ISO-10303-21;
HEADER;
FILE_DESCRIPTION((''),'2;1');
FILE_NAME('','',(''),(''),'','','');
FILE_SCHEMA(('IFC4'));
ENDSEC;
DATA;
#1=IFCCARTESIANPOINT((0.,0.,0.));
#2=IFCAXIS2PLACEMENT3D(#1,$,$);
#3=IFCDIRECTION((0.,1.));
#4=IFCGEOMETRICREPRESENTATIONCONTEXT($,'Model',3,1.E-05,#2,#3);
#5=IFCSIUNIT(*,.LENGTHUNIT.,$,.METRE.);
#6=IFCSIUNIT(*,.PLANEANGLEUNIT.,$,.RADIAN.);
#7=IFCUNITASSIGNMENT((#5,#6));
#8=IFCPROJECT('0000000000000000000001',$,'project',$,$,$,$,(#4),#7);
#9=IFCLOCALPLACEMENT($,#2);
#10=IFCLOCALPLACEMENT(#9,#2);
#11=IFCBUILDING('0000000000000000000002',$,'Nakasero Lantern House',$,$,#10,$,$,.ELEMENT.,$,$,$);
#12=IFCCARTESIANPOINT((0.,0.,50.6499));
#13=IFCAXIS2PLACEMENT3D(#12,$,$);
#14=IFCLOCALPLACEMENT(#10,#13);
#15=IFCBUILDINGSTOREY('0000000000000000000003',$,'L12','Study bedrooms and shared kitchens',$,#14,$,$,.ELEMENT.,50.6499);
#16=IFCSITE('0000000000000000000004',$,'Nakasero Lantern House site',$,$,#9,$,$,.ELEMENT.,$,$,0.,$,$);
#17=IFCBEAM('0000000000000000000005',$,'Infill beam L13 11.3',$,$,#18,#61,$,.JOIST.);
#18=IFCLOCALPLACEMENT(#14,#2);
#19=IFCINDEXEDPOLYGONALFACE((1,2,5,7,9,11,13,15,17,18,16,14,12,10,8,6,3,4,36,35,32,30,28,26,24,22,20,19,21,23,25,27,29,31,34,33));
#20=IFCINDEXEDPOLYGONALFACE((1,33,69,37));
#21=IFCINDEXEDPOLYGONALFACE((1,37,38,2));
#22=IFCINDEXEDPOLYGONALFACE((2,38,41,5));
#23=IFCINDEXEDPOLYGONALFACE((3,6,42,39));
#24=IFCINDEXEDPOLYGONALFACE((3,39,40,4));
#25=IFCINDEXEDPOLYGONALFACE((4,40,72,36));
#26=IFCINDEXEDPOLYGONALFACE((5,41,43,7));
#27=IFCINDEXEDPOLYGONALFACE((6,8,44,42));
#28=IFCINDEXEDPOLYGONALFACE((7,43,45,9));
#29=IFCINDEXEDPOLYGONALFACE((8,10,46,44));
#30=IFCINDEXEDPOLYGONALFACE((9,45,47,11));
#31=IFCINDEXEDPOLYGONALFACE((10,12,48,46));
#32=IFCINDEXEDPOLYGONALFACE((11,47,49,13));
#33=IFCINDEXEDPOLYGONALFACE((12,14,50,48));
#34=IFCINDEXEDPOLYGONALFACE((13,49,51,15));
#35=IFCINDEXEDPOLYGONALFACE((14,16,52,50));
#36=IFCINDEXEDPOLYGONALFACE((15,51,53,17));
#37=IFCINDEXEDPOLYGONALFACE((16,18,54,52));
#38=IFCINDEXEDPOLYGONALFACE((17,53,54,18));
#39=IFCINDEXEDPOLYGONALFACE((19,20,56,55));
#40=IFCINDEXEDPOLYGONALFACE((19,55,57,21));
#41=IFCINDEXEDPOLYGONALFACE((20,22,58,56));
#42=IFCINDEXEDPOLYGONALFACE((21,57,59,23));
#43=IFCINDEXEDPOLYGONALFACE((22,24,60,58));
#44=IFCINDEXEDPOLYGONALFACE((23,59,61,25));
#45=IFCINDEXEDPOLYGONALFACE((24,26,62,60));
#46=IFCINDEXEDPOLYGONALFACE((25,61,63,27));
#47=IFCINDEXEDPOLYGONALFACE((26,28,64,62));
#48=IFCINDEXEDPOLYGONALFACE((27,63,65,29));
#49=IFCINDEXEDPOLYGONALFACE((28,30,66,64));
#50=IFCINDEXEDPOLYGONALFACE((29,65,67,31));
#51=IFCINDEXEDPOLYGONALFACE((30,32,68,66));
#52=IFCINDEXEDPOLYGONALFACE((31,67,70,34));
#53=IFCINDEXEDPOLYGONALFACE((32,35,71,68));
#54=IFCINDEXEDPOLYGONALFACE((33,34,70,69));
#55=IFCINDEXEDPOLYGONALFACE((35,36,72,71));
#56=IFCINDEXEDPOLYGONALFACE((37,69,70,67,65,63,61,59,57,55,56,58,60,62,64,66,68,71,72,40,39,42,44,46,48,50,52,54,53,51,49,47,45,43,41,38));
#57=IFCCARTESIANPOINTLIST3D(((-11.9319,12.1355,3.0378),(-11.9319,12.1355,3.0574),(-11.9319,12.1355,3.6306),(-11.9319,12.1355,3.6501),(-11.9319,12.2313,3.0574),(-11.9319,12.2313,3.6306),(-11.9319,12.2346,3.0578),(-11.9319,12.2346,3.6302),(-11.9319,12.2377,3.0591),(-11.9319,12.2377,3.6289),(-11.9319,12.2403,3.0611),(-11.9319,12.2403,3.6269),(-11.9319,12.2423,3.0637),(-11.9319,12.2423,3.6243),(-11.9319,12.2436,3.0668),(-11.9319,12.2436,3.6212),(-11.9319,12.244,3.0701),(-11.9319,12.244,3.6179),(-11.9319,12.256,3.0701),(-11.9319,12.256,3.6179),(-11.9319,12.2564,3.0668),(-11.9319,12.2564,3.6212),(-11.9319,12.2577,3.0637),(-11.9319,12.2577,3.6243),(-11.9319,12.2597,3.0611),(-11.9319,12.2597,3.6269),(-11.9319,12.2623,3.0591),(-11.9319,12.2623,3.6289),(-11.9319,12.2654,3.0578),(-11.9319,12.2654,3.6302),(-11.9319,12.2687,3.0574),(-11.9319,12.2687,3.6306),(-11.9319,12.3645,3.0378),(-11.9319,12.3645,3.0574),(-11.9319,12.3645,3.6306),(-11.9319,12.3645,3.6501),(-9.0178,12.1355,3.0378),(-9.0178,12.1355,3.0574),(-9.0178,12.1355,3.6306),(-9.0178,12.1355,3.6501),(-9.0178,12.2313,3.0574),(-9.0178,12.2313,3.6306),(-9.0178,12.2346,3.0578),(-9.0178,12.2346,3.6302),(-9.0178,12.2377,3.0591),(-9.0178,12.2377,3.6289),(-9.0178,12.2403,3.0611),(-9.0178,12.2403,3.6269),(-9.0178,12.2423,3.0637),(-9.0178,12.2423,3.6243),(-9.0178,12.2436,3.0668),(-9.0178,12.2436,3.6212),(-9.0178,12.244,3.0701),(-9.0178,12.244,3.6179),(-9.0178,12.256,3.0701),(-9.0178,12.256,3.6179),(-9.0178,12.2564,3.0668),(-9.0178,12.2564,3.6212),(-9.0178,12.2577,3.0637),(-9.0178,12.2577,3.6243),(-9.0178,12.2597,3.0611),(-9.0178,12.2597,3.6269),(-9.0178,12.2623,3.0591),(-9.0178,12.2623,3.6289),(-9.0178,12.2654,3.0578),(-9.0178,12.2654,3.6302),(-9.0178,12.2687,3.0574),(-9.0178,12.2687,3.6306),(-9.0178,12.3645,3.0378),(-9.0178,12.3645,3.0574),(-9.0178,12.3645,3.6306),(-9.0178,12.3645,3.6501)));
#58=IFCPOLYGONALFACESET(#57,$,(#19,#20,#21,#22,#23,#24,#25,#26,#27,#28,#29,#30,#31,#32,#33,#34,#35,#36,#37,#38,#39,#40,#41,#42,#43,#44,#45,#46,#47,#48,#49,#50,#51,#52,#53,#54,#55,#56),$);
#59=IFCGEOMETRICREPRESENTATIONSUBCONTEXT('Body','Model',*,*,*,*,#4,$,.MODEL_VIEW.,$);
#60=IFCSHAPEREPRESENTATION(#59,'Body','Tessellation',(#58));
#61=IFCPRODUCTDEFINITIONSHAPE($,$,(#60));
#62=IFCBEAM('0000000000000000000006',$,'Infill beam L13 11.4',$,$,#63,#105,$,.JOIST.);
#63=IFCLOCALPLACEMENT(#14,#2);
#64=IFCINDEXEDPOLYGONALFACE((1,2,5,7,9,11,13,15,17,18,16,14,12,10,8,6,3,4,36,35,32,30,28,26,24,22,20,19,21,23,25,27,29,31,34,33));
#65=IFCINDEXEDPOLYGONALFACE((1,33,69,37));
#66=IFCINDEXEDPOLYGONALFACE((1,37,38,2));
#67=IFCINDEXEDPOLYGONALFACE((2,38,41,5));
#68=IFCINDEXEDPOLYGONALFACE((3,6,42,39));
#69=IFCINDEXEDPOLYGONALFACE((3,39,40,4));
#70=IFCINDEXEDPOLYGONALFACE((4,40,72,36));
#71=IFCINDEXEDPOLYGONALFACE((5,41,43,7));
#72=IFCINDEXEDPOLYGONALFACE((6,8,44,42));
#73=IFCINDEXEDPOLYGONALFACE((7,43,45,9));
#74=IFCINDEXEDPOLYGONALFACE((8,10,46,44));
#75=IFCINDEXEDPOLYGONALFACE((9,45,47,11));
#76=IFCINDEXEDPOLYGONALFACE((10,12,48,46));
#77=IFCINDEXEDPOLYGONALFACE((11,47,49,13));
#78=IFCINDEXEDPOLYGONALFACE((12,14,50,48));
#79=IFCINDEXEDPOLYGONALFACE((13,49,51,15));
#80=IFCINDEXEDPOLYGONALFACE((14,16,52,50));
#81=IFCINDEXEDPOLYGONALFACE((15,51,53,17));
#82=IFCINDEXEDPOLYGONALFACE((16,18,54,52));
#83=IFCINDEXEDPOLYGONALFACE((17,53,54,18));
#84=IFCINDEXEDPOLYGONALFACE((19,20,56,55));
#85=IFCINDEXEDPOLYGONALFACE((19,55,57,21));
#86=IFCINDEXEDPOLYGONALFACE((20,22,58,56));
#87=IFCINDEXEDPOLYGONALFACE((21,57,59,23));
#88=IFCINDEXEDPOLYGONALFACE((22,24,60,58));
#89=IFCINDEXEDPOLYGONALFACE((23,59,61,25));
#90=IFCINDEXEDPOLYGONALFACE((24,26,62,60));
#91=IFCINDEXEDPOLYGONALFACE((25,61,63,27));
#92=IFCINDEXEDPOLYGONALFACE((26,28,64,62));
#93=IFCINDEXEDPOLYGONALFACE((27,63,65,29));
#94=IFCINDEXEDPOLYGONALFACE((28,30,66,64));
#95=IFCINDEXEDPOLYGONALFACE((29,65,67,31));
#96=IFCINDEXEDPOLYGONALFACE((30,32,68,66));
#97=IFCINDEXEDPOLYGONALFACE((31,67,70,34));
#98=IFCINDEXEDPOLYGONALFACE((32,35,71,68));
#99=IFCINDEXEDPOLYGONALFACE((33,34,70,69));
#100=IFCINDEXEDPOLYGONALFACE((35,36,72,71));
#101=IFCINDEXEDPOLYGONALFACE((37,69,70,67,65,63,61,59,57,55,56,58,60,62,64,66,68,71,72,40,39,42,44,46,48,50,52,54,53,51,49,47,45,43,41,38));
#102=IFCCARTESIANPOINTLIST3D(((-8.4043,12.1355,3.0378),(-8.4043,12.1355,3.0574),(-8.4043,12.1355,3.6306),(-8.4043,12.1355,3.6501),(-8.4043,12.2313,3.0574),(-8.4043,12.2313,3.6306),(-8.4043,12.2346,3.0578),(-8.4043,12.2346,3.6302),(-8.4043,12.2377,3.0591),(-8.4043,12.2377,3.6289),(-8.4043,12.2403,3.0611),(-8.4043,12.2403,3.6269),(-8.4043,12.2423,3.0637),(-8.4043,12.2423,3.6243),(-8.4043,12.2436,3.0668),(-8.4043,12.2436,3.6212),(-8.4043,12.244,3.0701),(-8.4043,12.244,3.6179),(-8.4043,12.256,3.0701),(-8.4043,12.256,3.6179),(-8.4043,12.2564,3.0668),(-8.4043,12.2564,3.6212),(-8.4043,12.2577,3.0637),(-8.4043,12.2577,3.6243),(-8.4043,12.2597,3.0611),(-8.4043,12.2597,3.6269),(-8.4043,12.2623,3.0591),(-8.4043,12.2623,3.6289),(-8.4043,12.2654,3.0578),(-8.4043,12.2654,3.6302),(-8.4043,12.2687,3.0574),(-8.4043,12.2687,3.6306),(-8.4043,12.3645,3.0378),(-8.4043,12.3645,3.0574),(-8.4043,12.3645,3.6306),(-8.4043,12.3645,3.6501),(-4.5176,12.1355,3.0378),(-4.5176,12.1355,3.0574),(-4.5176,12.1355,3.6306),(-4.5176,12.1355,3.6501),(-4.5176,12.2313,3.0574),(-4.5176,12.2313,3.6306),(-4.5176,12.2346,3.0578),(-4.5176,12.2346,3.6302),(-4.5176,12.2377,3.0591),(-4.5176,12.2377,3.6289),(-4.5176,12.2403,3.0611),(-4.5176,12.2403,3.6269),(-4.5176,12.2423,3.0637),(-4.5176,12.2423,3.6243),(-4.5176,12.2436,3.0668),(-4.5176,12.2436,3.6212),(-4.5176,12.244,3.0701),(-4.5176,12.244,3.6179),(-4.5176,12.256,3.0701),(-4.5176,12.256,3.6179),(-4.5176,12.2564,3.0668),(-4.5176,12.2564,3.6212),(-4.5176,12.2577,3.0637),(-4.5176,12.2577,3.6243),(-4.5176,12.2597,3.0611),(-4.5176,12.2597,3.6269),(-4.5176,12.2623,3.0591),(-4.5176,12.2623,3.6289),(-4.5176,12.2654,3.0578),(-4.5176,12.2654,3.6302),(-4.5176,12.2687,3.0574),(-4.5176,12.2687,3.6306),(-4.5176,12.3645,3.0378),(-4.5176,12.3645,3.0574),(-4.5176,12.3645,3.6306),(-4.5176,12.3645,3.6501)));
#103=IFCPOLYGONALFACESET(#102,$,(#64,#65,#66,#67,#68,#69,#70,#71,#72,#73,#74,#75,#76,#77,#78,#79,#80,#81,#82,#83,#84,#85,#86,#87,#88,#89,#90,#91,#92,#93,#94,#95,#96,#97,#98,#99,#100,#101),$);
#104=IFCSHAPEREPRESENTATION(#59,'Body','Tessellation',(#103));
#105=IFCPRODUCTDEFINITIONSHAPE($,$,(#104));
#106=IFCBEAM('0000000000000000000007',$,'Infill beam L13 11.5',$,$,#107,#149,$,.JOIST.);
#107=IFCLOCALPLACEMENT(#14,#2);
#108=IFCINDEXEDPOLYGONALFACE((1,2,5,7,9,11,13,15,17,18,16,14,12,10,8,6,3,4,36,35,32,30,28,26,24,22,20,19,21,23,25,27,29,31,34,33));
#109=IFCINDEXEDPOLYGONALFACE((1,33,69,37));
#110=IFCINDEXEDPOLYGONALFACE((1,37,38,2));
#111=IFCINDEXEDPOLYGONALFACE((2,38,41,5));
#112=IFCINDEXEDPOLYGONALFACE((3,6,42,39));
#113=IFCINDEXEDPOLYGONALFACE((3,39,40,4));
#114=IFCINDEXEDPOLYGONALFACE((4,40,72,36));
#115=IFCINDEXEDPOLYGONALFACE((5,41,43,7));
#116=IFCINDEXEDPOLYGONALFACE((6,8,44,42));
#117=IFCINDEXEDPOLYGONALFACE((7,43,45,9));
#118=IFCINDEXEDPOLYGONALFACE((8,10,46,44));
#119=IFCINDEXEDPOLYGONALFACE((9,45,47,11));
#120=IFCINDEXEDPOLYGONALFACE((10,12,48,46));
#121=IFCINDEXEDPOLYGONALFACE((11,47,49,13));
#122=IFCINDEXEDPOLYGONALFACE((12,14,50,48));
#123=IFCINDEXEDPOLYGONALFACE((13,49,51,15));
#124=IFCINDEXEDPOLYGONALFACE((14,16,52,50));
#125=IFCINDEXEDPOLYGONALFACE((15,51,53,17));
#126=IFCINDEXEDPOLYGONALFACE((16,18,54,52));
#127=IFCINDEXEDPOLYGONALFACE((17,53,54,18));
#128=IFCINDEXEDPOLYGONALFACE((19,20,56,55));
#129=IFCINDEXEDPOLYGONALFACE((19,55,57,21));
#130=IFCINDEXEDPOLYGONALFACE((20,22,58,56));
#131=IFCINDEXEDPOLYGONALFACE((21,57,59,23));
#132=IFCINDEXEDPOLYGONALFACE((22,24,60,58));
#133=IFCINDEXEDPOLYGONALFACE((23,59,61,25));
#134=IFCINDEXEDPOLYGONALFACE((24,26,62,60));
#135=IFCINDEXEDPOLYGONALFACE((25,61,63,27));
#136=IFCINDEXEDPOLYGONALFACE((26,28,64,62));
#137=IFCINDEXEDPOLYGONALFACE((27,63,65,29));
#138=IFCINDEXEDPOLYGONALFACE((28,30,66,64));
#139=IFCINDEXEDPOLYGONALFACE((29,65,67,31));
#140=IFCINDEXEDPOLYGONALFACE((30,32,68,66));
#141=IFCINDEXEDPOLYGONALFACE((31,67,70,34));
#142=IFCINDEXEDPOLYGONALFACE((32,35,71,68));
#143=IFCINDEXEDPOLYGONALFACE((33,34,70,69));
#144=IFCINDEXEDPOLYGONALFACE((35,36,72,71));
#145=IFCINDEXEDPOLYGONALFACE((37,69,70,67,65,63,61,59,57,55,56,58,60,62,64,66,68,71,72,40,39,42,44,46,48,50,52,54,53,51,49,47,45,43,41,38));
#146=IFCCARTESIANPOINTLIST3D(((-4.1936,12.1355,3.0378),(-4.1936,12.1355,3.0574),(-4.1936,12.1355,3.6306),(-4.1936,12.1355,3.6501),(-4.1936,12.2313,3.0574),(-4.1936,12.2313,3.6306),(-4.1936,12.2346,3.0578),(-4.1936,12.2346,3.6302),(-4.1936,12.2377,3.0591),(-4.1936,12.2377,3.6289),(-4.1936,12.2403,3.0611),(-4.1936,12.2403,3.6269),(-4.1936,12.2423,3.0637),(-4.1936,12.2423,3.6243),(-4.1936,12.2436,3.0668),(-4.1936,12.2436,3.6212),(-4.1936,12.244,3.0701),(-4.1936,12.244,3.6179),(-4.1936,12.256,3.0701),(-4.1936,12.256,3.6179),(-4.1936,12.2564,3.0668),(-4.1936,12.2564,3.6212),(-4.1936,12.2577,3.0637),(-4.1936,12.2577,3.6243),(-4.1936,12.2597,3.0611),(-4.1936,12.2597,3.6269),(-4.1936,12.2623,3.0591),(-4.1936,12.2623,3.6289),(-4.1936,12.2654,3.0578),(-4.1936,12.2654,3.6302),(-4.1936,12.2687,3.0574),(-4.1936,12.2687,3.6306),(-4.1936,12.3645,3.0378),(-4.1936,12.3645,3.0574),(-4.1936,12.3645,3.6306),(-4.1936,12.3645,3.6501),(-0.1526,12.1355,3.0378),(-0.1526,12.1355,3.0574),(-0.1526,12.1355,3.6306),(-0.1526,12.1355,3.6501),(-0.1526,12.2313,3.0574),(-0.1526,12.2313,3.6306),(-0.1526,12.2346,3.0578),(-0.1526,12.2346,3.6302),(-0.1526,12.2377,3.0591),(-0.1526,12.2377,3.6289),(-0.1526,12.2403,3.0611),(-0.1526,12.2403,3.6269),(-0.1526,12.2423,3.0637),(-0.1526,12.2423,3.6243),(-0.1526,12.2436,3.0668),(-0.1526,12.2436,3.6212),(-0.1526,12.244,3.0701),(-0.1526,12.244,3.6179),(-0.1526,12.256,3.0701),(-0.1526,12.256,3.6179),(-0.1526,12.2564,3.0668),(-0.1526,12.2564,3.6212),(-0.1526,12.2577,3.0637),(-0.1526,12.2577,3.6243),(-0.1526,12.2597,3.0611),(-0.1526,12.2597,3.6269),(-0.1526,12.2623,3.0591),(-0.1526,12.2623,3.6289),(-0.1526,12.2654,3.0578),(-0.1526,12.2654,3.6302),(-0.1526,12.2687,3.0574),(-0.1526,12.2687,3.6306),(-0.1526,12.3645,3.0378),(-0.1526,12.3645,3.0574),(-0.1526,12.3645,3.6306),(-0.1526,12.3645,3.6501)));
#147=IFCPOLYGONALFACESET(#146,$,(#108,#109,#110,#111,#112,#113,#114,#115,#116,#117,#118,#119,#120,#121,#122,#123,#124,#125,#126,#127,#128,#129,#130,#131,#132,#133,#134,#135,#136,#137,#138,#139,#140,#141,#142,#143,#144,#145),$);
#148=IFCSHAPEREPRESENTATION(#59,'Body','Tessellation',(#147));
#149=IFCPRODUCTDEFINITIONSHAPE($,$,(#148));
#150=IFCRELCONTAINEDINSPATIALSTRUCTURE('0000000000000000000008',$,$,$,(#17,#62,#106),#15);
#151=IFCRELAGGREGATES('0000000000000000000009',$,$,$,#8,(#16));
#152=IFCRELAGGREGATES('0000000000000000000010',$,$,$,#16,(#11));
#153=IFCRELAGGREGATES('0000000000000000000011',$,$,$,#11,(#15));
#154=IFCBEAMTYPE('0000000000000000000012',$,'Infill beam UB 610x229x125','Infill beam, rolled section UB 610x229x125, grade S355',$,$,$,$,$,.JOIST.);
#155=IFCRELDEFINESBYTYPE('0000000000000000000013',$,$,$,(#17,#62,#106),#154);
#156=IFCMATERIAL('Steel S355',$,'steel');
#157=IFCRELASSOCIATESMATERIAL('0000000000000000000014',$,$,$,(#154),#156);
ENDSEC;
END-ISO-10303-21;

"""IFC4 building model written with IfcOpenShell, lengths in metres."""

from ifc_helpers import new_model, si_unit, direction, frame, origin, origin_2d, place, context, subcontext, project, spatial, i_section, extrude, material, material_profile, profile_set, type_object, element, save


model = new_model("IFC4")

# Units and contexts
model_context = context("Model", 3, precision=1e-05, world=origin(), true_north=direction((0.0, 1.0)))
body_context = subcontext(model_context, "Body", "Model", "MODEL_VIEW")
ifc_project = project(units=[si_unit("LENGTHUNIT", "METRE"), si_unit("PLANEANGLEUNIT", "RADIAN")], contexts=[model_context])

# Site, building, storey
site_placement = place(None, origin())
site = spatial("IfcSite", under=ifc_project, at=site_placement, Name="Nakasero Lantern House site", CompositionType="ELEMENT", RefElevation=0.0)
building_placement = place(site_placement, origin())
building = spatial("IfcBuilding", under=site, at=building_placement, Name="Nakasero Lantern House", CompositionType="ELEMENT")
storey_placement = place(building_placement, frame((0.0, 0.0, 50.6499)))
storey = spatial("IfcBuildingStorey", under=building, at=storey_placement, Name="L12", Description="Study bedrooms and shared kitchens", CompositionType="ELEMENT", Elevation=50.6499)

# Beams
ifc_material_1 = material(Name="Steel S355", Category="steel")
ifc_material_profile_1 = material_profile(ifc_material_1, i_section(OverallWidth=0.229, OverallDepth=0.6123, WebThickness=0.012, FlangeThickness=0.0195, FilletRadius=0.0127, at=origin_2d()), Name="UB 610x229x125")
ifc_profile_set_1 = profile_set([ifc_material_profile_1], Name="Steel S355")
beam_type_1 = type_object("IfcBeamType", Name="Infill beam UB 610x229x125", Description="Infill beam, rolled section UB 610x229x125, grade S355", PredefinedType="JOIST", material=ifc_profile_set_1)
beam_1_placement = place(storey_placement, frame((-11.9319, 12.25, 3.344), z_axis=(1.0, 0.0, 0.0), x_axis=(0.0, 1.0, 0.0)))
element("IfcBeam", 1, at=beam_1_placement, inside=storey, type_object=beam_type_1, Name="Infill beam L13 11.3", PredefinedType="JOIST", context=body_context, shape_type="SweptSolid", body=[
    extrude(i_section(OverallWidth=0.229, OverallDepth=0.6123, WebThickness=0.012, FlangeThickness=0.0195, FilletRadius=0.0127, at=origin_2d()), origin(), (0.0, 0.0, 1.0), 2.9141),
])
beam_2_placement = place(storey_placement, frame((-8.4043, 12.25, 3.344), z_axis=(1.0, 0.0, 0.0), x_axis=(0.0, 1.0, 0.0)))
element("IfcBeam", 2, at=beam_2_placement, inside=storey, type_object=beam_type_1, Name="Infill beam L13 11.4", PredefinedType="JOIST", context=body_context, shape_type="SweptSolid", body=[
    extrude(i_section(OverallWidth=0.229, OverallDepth=0.6123, WebThickness=0.012, FlangeThickness=0.0195, FilletRadius=0.0127, at=origin_2d()), origin(), (0.0, 0.0, 1.0), 3.8867),
])
beam_3_placement = place(storey_placement, frame((-4.1936, 12.25, 3.344), z_axis=(1.0, 0.0, 0.0), x_axis=(0.0, 1.0, 0.0)))
element("IfcBeam", 3, at=beam_3_placement, inside=storey, type_object=beam_type_1, Name="Infill beam L13 11.5", PredefinedType="JOIST", context=body_context, shape_type="SweptSolid", body=[
    extrude(i_section(OverallWidth=0.229, OverallDepth=0.6123, WebThickness=0.012, FlangeThickness=0.0195, FilletRadius=0.0127, at=origin_2d()), origin(), (0.0, 0.0, 1.0), 4.041),
])

save(model, "model.ifc")
